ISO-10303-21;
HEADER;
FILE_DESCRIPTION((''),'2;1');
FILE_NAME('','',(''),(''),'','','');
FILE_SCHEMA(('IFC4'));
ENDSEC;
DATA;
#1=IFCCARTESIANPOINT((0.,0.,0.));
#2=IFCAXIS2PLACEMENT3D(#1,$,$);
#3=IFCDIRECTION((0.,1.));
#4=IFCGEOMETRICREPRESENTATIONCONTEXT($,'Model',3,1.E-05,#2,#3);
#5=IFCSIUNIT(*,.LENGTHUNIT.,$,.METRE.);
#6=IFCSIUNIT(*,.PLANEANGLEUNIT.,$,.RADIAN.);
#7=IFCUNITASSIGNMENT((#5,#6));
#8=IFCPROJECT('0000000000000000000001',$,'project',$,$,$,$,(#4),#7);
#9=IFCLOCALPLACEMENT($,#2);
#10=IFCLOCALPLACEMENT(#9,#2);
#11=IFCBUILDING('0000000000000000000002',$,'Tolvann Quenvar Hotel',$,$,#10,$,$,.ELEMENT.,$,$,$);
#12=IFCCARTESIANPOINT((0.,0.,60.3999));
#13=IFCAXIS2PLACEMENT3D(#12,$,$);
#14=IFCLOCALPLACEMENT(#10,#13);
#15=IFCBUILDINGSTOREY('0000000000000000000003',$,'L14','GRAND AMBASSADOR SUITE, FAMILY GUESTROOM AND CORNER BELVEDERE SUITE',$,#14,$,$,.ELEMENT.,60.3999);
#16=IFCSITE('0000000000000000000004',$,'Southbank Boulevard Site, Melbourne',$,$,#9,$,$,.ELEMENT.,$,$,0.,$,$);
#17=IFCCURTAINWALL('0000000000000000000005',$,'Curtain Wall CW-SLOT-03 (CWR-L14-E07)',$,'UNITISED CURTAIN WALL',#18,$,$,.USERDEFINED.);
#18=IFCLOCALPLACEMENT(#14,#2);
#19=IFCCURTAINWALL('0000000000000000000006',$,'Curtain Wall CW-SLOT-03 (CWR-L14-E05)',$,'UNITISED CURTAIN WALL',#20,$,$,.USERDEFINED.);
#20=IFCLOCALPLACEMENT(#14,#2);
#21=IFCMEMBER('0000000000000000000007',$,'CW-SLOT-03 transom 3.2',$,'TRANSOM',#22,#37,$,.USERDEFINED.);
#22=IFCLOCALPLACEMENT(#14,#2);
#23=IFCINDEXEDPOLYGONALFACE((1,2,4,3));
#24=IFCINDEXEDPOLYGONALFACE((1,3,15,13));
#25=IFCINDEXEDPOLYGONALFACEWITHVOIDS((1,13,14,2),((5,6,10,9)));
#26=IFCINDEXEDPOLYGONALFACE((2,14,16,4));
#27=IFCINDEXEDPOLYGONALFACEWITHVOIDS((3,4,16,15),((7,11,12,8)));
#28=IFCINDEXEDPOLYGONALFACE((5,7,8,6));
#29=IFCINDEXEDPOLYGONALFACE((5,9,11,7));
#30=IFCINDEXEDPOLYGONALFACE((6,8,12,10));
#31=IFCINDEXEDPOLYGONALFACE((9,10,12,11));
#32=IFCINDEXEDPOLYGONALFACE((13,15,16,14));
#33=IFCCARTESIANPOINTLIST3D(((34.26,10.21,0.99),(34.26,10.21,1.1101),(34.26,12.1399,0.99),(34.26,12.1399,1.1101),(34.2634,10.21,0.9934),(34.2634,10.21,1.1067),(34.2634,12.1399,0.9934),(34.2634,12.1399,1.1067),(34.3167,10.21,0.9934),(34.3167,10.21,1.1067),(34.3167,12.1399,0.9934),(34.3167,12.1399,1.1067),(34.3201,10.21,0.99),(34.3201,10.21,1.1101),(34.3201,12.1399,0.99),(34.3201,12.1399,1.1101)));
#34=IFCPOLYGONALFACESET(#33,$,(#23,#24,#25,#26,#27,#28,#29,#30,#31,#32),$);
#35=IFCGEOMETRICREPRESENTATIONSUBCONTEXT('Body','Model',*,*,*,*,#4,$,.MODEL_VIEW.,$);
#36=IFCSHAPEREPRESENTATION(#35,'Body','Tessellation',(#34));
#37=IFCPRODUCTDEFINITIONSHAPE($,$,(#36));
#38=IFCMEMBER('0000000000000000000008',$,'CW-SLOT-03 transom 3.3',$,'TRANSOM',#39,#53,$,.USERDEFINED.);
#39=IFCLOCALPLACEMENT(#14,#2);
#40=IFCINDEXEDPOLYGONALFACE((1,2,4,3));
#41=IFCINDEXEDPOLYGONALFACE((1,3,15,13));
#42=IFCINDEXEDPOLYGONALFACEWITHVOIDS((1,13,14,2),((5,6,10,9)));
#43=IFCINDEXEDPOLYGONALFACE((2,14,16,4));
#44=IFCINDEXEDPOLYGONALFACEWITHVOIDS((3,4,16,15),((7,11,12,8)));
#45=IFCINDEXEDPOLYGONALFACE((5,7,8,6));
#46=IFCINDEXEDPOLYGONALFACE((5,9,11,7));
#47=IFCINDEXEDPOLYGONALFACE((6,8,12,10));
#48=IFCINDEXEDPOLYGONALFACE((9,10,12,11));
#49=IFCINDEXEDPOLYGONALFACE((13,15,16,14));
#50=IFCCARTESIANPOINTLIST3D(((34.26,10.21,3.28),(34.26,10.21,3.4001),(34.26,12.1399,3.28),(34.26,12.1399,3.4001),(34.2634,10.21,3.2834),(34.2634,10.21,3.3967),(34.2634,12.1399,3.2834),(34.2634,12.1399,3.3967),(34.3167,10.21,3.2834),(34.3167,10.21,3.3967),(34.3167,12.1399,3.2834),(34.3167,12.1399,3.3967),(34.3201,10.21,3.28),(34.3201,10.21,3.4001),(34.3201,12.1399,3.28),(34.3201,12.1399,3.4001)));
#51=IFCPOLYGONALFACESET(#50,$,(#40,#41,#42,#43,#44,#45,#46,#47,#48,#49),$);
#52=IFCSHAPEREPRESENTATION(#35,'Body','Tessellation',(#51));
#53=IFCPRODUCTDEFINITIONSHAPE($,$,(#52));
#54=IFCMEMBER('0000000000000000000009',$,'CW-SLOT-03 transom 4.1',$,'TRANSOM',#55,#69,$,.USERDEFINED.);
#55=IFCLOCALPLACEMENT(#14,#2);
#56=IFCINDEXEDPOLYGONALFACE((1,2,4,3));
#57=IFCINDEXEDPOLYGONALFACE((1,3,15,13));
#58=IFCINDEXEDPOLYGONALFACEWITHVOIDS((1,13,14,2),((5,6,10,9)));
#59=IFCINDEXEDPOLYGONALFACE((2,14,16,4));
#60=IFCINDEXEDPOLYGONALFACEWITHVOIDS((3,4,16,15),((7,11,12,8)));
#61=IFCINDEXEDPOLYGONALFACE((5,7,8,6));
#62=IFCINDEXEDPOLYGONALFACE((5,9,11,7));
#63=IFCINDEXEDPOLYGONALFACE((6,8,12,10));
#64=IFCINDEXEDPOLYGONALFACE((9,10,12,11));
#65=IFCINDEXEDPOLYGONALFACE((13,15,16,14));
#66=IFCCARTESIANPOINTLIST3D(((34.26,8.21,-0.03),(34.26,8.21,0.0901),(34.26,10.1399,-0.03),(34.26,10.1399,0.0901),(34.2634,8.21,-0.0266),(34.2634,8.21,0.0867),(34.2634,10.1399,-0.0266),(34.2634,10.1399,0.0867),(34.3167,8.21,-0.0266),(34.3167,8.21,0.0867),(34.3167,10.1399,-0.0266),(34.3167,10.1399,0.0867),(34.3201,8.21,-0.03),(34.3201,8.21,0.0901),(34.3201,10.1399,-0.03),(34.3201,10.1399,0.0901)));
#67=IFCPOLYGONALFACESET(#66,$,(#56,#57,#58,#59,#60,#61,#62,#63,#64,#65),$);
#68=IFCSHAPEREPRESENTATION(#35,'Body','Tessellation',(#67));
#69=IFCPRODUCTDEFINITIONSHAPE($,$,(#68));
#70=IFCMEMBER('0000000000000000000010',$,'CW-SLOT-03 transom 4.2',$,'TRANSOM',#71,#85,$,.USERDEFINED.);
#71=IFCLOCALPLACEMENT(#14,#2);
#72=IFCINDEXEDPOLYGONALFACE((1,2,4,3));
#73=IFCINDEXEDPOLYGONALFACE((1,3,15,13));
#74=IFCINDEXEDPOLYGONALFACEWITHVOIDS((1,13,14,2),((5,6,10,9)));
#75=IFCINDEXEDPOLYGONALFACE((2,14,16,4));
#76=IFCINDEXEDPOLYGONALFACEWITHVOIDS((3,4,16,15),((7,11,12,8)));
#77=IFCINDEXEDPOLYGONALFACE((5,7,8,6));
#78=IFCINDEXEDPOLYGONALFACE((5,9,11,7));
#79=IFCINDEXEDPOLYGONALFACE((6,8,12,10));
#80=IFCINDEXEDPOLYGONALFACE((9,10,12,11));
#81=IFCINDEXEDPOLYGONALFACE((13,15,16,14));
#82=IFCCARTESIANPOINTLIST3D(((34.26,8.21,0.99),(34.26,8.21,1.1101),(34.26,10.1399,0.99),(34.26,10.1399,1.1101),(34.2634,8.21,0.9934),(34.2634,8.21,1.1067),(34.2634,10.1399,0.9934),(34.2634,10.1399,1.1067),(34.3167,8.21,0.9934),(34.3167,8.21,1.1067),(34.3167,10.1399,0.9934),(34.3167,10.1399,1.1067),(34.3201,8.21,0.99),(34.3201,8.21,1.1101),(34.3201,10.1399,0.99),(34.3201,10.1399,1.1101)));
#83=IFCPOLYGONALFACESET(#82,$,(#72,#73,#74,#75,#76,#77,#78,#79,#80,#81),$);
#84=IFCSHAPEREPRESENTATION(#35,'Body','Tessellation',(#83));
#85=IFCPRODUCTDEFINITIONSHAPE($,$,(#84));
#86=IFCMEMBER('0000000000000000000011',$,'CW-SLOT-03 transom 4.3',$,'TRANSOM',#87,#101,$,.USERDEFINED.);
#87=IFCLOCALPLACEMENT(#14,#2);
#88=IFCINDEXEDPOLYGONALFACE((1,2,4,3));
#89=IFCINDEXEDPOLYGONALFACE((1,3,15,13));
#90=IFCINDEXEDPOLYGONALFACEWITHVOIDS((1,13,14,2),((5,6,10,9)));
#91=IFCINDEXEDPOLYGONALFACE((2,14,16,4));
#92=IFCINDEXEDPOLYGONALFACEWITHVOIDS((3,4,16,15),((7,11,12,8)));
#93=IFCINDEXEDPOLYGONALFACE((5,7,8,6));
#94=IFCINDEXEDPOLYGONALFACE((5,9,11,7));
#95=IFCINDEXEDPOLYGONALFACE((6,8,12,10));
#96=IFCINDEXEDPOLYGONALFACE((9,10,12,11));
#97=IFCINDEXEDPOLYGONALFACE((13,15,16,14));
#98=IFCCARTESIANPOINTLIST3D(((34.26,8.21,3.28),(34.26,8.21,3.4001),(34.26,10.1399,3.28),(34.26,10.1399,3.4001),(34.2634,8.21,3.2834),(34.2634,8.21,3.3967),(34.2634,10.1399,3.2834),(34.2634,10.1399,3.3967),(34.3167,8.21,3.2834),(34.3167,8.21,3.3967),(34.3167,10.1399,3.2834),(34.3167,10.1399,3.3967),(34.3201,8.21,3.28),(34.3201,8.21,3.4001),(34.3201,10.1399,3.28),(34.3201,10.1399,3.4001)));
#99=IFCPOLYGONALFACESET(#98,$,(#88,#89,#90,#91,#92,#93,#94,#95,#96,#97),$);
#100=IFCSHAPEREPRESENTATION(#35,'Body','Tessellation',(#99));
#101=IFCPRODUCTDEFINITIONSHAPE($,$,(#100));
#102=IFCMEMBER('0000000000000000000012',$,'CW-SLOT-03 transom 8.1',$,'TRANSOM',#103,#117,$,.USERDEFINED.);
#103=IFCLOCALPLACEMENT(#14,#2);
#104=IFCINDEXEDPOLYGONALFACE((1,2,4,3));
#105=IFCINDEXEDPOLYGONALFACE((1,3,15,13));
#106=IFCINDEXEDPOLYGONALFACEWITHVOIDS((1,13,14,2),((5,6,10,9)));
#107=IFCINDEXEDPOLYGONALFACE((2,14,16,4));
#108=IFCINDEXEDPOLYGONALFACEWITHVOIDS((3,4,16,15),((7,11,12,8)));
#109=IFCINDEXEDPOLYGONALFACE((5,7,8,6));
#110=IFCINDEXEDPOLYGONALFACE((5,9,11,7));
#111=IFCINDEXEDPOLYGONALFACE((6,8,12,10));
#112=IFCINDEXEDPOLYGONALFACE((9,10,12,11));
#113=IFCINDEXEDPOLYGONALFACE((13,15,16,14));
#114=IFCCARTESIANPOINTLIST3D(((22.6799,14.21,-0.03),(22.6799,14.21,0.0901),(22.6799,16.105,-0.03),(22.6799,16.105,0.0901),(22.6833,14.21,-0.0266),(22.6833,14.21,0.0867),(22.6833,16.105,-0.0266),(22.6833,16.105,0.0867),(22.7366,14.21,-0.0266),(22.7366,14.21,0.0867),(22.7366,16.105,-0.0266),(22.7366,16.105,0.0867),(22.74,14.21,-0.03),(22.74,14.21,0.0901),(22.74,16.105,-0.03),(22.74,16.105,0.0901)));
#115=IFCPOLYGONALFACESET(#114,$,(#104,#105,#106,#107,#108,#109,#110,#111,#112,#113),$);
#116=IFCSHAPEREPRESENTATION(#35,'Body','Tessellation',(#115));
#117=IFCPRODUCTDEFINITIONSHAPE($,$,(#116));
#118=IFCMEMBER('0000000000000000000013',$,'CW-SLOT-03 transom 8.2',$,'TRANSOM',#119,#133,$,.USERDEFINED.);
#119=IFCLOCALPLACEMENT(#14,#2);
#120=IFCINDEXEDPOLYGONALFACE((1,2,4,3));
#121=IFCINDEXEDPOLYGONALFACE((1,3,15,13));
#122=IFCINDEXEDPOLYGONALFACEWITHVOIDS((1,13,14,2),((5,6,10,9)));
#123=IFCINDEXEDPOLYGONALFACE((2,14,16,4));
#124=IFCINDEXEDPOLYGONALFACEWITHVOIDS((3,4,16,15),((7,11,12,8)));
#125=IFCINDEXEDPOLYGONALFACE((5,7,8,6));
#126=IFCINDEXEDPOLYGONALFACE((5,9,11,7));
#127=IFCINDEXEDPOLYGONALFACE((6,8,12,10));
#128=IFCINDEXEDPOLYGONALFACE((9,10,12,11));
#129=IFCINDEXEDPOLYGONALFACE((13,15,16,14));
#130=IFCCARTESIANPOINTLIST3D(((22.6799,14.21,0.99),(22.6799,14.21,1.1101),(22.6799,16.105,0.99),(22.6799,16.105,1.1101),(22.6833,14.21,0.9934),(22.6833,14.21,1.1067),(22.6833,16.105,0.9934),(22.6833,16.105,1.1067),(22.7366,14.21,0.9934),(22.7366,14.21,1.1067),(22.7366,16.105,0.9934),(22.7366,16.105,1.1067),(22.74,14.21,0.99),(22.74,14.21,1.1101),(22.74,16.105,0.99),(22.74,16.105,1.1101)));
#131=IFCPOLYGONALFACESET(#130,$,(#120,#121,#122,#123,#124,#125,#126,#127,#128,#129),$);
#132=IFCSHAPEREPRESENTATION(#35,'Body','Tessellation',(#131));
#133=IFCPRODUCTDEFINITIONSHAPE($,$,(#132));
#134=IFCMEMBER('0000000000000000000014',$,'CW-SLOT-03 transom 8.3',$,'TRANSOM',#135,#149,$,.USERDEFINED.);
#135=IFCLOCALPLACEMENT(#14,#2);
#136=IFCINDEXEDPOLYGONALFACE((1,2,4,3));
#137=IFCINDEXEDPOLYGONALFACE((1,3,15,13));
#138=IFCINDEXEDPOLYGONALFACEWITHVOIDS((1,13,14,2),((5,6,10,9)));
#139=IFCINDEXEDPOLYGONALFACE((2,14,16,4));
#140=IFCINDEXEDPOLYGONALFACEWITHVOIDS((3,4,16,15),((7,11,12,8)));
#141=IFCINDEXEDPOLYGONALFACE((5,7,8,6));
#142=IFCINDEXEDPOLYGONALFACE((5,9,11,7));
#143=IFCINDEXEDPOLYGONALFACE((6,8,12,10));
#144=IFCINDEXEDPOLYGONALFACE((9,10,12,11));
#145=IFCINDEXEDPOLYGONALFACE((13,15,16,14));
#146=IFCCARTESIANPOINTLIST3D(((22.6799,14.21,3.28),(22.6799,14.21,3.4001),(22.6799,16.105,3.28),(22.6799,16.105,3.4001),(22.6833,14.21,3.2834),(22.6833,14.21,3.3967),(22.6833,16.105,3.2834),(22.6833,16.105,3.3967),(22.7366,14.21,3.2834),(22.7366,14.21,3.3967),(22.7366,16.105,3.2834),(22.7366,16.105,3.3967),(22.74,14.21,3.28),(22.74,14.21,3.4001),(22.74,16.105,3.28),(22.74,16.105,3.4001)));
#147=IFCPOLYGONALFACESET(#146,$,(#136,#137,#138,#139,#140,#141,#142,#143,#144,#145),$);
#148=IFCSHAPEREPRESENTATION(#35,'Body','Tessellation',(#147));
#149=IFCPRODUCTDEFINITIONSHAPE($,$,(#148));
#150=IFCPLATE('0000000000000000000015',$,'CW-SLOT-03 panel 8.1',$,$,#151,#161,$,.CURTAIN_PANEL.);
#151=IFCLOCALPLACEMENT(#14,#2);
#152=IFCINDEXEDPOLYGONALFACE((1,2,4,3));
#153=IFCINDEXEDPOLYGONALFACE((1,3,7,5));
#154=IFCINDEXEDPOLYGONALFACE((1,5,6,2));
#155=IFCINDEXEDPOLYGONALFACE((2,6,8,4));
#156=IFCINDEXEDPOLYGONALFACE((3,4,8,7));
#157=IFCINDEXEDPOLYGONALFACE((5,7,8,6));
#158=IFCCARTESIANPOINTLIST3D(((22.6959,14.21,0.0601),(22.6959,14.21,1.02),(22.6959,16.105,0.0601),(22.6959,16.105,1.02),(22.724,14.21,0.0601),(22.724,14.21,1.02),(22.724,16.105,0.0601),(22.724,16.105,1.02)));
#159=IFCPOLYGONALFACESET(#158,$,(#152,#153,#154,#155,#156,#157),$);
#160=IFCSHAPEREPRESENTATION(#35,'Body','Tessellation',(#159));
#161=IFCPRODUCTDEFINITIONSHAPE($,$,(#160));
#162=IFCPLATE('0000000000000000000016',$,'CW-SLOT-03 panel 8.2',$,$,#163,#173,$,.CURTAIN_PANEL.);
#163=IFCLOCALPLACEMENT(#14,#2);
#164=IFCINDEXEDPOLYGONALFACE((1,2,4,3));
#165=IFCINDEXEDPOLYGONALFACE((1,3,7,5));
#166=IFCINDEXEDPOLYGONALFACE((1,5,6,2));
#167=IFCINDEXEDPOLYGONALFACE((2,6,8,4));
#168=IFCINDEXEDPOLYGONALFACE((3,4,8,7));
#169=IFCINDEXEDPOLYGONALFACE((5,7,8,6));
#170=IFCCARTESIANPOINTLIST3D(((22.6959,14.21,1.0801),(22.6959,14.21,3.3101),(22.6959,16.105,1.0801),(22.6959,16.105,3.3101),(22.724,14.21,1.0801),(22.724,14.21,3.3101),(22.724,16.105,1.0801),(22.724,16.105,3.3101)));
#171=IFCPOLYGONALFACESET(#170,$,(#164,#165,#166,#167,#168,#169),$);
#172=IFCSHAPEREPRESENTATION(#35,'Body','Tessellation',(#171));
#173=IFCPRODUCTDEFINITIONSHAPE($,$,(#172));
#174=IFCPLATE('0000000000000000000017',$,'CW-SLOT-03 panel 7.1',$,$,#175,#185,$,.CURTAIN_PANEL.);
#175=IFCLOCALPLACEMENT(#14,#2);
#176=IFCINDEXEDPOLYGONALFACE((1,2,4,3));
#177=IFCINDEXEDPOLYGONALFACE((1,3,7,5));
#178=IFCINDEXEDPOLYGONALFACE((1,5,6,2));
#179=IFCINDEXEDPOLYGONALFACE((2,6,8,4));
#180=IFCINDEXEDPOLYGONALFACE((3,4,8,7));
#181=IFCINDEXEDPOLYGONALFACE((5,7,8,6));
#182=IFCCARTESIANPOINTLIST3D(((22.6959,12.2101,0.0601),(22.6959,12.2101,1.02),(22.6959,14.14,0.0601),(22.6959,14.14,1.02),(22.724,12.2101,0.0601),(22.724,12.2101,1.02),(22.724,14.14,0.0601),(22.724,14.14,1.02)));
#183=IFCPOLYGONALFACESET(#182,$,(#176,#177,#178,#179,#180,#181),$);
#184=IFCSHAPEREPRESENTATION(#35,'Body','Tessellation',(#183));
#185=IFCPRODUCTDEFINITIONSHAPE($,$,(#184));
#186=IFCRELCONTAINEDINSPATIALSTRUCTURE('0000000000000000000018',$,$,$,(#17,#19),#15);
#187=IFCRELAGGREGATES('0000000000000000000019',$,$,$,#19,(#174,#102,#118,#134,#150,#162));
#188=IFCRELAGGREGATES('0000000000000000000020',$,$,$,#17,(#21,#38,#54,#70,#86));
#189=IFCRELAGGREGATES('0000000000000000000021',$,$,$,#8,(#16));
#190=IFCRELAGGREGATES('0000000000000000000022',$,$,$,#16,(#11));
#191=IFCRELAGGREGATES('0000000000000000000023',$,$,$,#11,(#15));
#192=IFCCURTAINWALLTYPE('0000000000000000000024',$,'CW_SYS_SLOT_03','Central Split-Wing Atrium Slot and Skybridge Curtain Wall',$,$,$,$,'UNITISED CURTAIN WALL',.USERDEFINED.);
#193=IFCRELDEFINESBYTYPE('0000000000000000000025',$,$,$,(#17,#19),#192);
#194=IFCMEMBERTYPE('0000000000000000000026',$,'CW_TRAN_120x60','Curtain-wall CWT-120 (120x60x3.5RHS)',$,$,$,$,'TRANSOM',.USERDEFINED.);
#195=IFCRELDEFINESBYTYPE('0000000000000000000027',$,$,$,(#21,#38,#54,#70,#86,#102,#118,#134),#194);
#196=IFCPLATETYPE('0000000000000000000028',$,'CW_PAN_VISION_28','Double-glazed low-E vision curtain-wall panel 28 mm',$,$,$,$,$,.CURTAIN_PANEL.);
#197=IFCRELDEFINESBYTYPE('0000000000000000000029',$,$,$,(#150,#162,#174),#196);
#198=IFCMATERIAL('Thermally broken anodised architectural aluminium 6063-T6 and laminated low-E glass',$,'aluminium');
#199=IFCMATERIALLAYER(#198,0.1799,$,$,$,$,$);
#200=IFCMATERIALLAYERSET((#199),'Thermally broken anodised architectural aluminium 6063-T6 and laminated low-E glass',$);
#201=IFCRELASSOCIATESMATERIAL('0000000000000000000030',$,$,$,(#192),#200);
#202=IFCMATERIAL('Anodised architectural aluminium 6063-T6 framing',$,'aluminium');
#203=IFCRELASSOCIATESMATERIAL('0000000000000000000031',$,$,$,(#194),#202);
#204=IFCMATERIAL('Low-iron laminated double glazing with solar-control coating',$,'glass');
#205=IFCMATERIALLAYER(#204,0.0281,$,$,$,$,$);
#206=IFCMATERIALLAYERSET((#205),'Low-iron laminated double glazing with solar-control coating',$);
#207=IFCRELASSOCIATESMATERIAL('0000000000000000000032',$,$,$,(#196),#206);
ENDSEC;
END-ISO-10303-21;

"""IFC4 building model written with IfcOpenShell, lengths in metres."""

from ifc_helpers import new_model, si_unit, direction, frame, origin, origin_2d, place, context, subcontext, project, spatial, rectangle, hollow_rectangle, extrude, source, transform, mapped, material, layer, layer_set, material_profile, profile_set, type_object, type_shapes, element, aggregate, save


model = new_model("IFC4")

# Units and contexts
model_context = context("Model", 3, precision=1e-05, world=origin(), true_north=direction((0.0, 1.0)))
body_context = subcontext(model_context, "Body", "Model", "MODEL_VIEW")
ifc_project = project(units=[si_unit("LENGTHUNIT", "METRE"), si_unit("PLANEANGLEUNIT", "RADIAN")], contexts=[model_context])

# Site, building, storey
site_placement = place(None, origin())
site = spatial("IfcSite", under=ifc_project, at=site_placement, Name="Southbank Boulevard Site, Melbourne", CompositionType="ELEMENT", RefElevation=0.0)
building_placement = place(site_placement, origin())
building = spatial("IfcBuilding", under=site, at=building_placement, Name="Tolvann Quenvar Hotel", CompositionType="ELEMENT")
storey_placement = place(building_placement, frame((0.0, 0.0, 60.3999)))
storey = spatial("IfcBuildingStorey", under=building, at=storey_placement, Name="L14", Description="GRAND AMBASSADOR SUITE, FAMILY GUESTROOM AND CORNER BELVEDERE SUITE", CompositionType="ELEMENT", Elevation=60.3999)

# Curtain walls
ifc_material_1 = material(Name="Thermally broken anodised architectural aluminium 6063-T6 and laminated low-E glass", Category="aluminium")
ifc_layer_1 = layer(ifc_material_1, 0.1799)
ifc_layer_set_1 = layer_set([ifc_layer_1], Name="Thermally broken anodised architectural aluminium 6063-T6 and laminated low-E glass")
curtain_wall_type = type_object("IfcCurtainWallType", Name="CW_SYS_SLOT_03", Description="Central Split-Wing Atrium Slot and Skybridge Curtain Wall", ElementType="UNITISED CURTAIN WALL", PredefinedType="USERDEFINED", material=ifc_layer_set_1)
curtain_wall_1_placement = place(storey_placement, origin())
curtain_wall_1 = element("IfcCurtainWall", 1, at=curtain_wall_1_placement, inside=storey, type_object=curtain_wall_type, Name="Curtain Wall CW-SLOT-03 (CWR-L14-E07)", ObjectType="UNITISED CURTAIN WALL", PredefinedType="USERDEFINED")
ifc_material_2 = material(Name="Anodised architectural aluminium 6063-T6 framing", Category="aluminium")
curtain_wall_2_placement = place(storey_placement, origin())
curtain_wall_2 = element("IfcCurtainWall", 2, at=curtain_wall_2_placement, inside=storey, type_object=curtain_wall_type, Name="Curtain Wall CW-SLOT-03 (CWR-L14-E05)", ObjectType="UNITISED CURTAIN WALL", PredefinedType="USERDEFINED")
ifc_material_profile_1 = material_profile(ifc_material_2, hollow_rectangle(XDim=0.0601, YDim=0.1201, WallThickness=0.0034, at=origin_2d()), Name="120x60x3.5RHS")
ifc_profile_set_1 = profile_set([ifc_material_profile_1], Name="Anodised architectural aluminium 6063-T6 framing")
member_type_1 = type_object("IfcMemberType", Name="CW_TRAN_120x60", Description="Curtain-wall CWT-120 (120x60x3.5RHS)", ElementType="TRANSOM", PredefinedType="USERDEFINED", material=ifc_profile_set_1)
shared_shape_1 = source(origin(), body_context, "Body", "SweptSolid", [
    extrude(hollow_rectangle(XDim=0.0601, YDim=0.1201, WallThickness=0.0034, at=origin_2d()), origin(), (0.0, 0.0, 1.0), 1.9299),
])

# Members
member_1_placement = place(storey_placement, frame((34.29, 12.1399, 1.05), z_axis=(0.0, -1.0, 0.0), x_axis=(1.0, 0.0, 0.0)))
member_1 = element("IfcMember", 3, at=member_1_placement, type_object=member_type_1, Name="CW-SLOT-03 transom 3.2", ObjectType="TRANSOM", PredefinedType="USERDEFINED", context=body_context, shape_type="MappedRepresentation", body=[
    mapped(shared_shape_1, transform((0.0, 0.0, 0.0), x_axis=(1.0, 0.0, 0.0), y_axis=(0.0, 1.0, 0.0), z_axis=(0.0, 0.0, 1.0), scale=1.0)),
])
member_2_placement = place(storey_placement, frame((34.29, 12.1399, 3.3401), z_axis=(0.0, -1.0, 0.0), x_axis=(1.0, 0.0, 0.0)))
member_2 = element("IfcMember", 4, at=member_2_placement, type_object=member_type_1, Name="CW-SLOT-03 transom 3.3", ObjectType="TRANSOM", PredefinedType="USERDEFINED", context=body_context, shape_type="MappedRepresentation", body=[
    mapped(shared_shape_1, transform((0.0, 0.0, 0.0), x_axis=(1.0, 0.0, 0.0), y_axis=(0.0, 1.0, 0.0), z_axis=(0.0, 0.0, 1.0), scale=1.0)),
])
member_3_placement = place(storey_placement, frame((34.29, 10.1399, 0.03), z_axis=(0.0, -1.0, 0.0), x_axis=(1.0, 0.0, 0.0)))
member_3 = element("IfcMember", 5, at=member_3_placement, type_object=member_type_1, Name="CW-SLOT-03 transom 4.1", ObjectType="TRANSOM", PredefinedType="USERDEFINED", context=body_context, shape_type="MappedRepresentation", body=[
    mapped(shared_shape_1, transform((0.0, 0.0, 0.0), x_axis=(1.0, 0.0, 0.0), y_axis=(0.0, 1.0, 0.0), z_axis=(0.0, 0.0, 1.0), scale=1.0)),
])
member_4_placement = place(storey_placement, frame((34.29, 10.1399, 1.05), z_axis=(0.0, -1.0, 0.0), x_axis=(1.0, 0.0, 0.0)))
member_4 = element("IfcMember", 6, at=member_4_placement, type_object=member_type_1, Name="CW-SLOT-03 transom 4.2", ObjectType="TRANSOM", PredefinedType="USERDEFINED", context=body_context, shape_type="MappedRepresentation", body=[
    mapped(shared_shape_1, transform((0.0, 0.0, 0.0), x_axis=(1.0, 0.0, 0.0), y_axis=(0.0, 1.0, 0.0), z_axis=(0.0, 0.0, 1.0), scale=1.0)),
])
member_5_placement = place(storey_placement, frame((34.29, 10.1399, 3.3401), z_axis=(0.0, -1.0, 0.0), x_axis=(1.0, 0.0, 0.0)))
member_5 = element("IfcMember", 7, at=member_5_placement, type_object=member_type_1, Name="CW-SLOT-03 transom 4.3", ObjectType="TRANSOM", PredefinedType="USERDEFINED", context=body_context, shape_type="MappedRepresentation", body=[
    mapped(shared_shape_1, transform((0.0, 0.0, 0.0), x_axis=(1.0, 0.0, 0.0), y_axis=(0.0, 1.0, 0.0), z_axis=(0.0, 0.0, 1.0), scale=1.0)),
])
shared_shape_2 = source(origin(), body_context, "Body", "SweptSolid", [
    extrude(hollow_rectangle(XDim=0.0601, YDim=0.1201, WallThickness=0.0034, at=origin_2d()), origin(), (0.0, 0.0, 1.0), 1.895),
])
type_shapes(member_type_1, [shared_shape_1, shared_shape_2])
member_6_placement = place(storey_placement, frame((22.71, 14.21, 0.03), z_axis=(0.0, 1.0, 0.0), x_axis=(-1.0, 0.0, 0.0)))
member_6 = element("IfcMember", 8, at=member_6_placement, type_object=member_type_1, Name="CW-SLOT-03 transom 8.1", ObjectType="TRANSOM", PredefinedType="USERDEFINED", context=body_context, shape_type="MappedRepresentation", body=[
    mapped(shared_shape_2, transform((0.0, 0.0, 0.0), x_axis=(1.0, 0.0, 0.0), y_axis=(0.0, 1.0, 0.0), z_axis=(0.0, 0.0, 1.0), scale=1.0)),
])
member_7_placement = place(storey_placement, frame((22.71, 14.21, 1.05), z_axis=(0.0, 1.0, 0.0), x_axis=(-1.0, 0.0, 0.0)))
member_7 = element("IfcMember", 9, at=member_7_placement, type_object=member_type_1, Name="CW-SLOT-03 transom 8.2", ObjectType="TRANSOM", PredefinedType="USERDEFINED", context=body_context, shape_type="MappedRepresentation", body=[
    mapped(shared_shape_2, transform((0.0, 0.0, 0.0), x_axis=(1.0, 0.0, 0.0), y_axis=(0.0, 1.0, 0.0), z_axis=(0.0, 0.0, 1.0), scale=1.0)),
])
member_8_placement = place(storey_placement, frame((22.71, 14.21, 3.3401), z_axis=(0.0, 1.0, 0.0), x_axis=(-1.0, 0.0, 0.0)))
member_8 = element("IfcMember", 10, at=member_8_placement, type_object=member_type_1, Name="CW-SLOT-03 transom 8.3", ObjectType="TRANSOM", PredefinedType="USERDEFINED", context=body_context, shape_type="MappedRepresentation", body=[
    mapped(shared_shape_2, transform((0.0, 0.0, 0.0), x_axis=(1.0, 0.0, 0.0), y_axis=(0.0, 1.0, 0.0), z_axis=(0.0, 0.0, 1.0), scale=1.0)),
])

# Plates
ifc_material_3 = material(Name="Low-iron laminated double glazing with solar-control coating", Category="glass")
ifc_layer_2 = layer(ifc_material_3, 0.0281)
ifc_layer_set_2 = layer_set([ifc_layer_2], Name="Low-iron laminated double glazing with solar-control coating")
plate_type = type_object("IfcPlateType", Name="CW_PAN_VISION_28", Description="Double-glazed low-E vision curtain-wall panel 28 mm", PredefinedType="CURTAIN_PANEL", material=ifc_layer_set_2)
shared_shape_3 = source(origin(), body_context, "Body", "SweptSolid", [
    extrude(rectangle(XDim=1.895, YDim=0.0281, at=origin_2d()), origin(), (0.0, 0.0, 1.0), 0.96),
])
plate_1_placement = place(storey_placement, frame((22.71, 15.1575, 0.0601), z_axis=(0.0, 0.0, 1.0), x_axis=(0.0, 1.0, 0.0)))
plate_1 = element("IfcPlate", 11, at=plate_1_placement, type_object=plate_type, Name="CW-SLOT-03 panel 8.1", PredefinedType="CURTAIN_PANEL", context=body_context, shape_type="MappedRepresentation", body=[
    mapped(shared_shape_3, transform((0.0, 0.0, 0.0), x_axis=(1.0, 0.0, 0.0), y_axis=(0.0, 1.0, 0.0), z_axis=(0.0, 0.0, 1.0), scale=1.0)),
])
shared_shape_4 = source(origin(), body_context, "Body", "SweptSolid", [
    extrude(rectangle(XDim=1.895, YDim=0.0281, at=origin_2d()), origin(), (0.0, 0.0, 1.0), 2.23),
])
plate_2_placement = place(storey_placement, frame((22.71, 15.1575, 1.0801), z_axis=(0.0, 0.0, 1.0), x_axis=(0.0, 1.0, 0.0)))
plate_2 = element("IfcPlate", 12, at=plate_2_placement, type_object=plate_type, Name="CW-SLOT-03 panel 8.2", PredefinedType="CURTAIN_PANEL", context=body_context, shape_type="MappedRepresentation", body=[
    mapped(shared_shape_4, transform((0.0, 0.0, 0.0), x_axis=(1.0, 0.0, 0.0), y_axis=(0.0, 1.0, 0.0), z_axis=(0.0, 0.0, 1.0), scale=1.0)),
])
shared_shape_5 = source(origin(), body_context, "Body", "SweptSolid", [
    extrude(rectangle(XDim=1.9299, YDim=0.0281, at=origin_2d()), origin(), (0.0, 0.0, 1.0), 0.96),
])
plate_3_placement = place(storey_placement, frame((22.71, 13.175, 0.0601), z_axis=(0.0, 0.0, 1.0), x_axis=(0.0, 1.0, 0.0)))
plate_3 = element("IfcPlate", 13, at=plate_3_placement, type_object=plate_type, Name="CW-SLOT-03 panel 7.1", PredefinedType="CURTAIN_PANEL", context=body_context, shape_type="MappedRepresentation", body=[
    mapped(shared_shape_5, transform((0.0, 0.0, 0.0), x_axis=(1.0, 0.0, 0.0), y_axis=(0.0, 1.0, 0.0), z_axis=(0.0, 0.0, 1.0), scale=1.0)),
])
aggregate(curtain_wall_2, [plate_3, member_6, member_7, member_8, plate_1, plate_2])
aggregate(curtain_wall_1, [member_1, member_2, member_3, member_4, member_5])

save(model, "model.ifc")
